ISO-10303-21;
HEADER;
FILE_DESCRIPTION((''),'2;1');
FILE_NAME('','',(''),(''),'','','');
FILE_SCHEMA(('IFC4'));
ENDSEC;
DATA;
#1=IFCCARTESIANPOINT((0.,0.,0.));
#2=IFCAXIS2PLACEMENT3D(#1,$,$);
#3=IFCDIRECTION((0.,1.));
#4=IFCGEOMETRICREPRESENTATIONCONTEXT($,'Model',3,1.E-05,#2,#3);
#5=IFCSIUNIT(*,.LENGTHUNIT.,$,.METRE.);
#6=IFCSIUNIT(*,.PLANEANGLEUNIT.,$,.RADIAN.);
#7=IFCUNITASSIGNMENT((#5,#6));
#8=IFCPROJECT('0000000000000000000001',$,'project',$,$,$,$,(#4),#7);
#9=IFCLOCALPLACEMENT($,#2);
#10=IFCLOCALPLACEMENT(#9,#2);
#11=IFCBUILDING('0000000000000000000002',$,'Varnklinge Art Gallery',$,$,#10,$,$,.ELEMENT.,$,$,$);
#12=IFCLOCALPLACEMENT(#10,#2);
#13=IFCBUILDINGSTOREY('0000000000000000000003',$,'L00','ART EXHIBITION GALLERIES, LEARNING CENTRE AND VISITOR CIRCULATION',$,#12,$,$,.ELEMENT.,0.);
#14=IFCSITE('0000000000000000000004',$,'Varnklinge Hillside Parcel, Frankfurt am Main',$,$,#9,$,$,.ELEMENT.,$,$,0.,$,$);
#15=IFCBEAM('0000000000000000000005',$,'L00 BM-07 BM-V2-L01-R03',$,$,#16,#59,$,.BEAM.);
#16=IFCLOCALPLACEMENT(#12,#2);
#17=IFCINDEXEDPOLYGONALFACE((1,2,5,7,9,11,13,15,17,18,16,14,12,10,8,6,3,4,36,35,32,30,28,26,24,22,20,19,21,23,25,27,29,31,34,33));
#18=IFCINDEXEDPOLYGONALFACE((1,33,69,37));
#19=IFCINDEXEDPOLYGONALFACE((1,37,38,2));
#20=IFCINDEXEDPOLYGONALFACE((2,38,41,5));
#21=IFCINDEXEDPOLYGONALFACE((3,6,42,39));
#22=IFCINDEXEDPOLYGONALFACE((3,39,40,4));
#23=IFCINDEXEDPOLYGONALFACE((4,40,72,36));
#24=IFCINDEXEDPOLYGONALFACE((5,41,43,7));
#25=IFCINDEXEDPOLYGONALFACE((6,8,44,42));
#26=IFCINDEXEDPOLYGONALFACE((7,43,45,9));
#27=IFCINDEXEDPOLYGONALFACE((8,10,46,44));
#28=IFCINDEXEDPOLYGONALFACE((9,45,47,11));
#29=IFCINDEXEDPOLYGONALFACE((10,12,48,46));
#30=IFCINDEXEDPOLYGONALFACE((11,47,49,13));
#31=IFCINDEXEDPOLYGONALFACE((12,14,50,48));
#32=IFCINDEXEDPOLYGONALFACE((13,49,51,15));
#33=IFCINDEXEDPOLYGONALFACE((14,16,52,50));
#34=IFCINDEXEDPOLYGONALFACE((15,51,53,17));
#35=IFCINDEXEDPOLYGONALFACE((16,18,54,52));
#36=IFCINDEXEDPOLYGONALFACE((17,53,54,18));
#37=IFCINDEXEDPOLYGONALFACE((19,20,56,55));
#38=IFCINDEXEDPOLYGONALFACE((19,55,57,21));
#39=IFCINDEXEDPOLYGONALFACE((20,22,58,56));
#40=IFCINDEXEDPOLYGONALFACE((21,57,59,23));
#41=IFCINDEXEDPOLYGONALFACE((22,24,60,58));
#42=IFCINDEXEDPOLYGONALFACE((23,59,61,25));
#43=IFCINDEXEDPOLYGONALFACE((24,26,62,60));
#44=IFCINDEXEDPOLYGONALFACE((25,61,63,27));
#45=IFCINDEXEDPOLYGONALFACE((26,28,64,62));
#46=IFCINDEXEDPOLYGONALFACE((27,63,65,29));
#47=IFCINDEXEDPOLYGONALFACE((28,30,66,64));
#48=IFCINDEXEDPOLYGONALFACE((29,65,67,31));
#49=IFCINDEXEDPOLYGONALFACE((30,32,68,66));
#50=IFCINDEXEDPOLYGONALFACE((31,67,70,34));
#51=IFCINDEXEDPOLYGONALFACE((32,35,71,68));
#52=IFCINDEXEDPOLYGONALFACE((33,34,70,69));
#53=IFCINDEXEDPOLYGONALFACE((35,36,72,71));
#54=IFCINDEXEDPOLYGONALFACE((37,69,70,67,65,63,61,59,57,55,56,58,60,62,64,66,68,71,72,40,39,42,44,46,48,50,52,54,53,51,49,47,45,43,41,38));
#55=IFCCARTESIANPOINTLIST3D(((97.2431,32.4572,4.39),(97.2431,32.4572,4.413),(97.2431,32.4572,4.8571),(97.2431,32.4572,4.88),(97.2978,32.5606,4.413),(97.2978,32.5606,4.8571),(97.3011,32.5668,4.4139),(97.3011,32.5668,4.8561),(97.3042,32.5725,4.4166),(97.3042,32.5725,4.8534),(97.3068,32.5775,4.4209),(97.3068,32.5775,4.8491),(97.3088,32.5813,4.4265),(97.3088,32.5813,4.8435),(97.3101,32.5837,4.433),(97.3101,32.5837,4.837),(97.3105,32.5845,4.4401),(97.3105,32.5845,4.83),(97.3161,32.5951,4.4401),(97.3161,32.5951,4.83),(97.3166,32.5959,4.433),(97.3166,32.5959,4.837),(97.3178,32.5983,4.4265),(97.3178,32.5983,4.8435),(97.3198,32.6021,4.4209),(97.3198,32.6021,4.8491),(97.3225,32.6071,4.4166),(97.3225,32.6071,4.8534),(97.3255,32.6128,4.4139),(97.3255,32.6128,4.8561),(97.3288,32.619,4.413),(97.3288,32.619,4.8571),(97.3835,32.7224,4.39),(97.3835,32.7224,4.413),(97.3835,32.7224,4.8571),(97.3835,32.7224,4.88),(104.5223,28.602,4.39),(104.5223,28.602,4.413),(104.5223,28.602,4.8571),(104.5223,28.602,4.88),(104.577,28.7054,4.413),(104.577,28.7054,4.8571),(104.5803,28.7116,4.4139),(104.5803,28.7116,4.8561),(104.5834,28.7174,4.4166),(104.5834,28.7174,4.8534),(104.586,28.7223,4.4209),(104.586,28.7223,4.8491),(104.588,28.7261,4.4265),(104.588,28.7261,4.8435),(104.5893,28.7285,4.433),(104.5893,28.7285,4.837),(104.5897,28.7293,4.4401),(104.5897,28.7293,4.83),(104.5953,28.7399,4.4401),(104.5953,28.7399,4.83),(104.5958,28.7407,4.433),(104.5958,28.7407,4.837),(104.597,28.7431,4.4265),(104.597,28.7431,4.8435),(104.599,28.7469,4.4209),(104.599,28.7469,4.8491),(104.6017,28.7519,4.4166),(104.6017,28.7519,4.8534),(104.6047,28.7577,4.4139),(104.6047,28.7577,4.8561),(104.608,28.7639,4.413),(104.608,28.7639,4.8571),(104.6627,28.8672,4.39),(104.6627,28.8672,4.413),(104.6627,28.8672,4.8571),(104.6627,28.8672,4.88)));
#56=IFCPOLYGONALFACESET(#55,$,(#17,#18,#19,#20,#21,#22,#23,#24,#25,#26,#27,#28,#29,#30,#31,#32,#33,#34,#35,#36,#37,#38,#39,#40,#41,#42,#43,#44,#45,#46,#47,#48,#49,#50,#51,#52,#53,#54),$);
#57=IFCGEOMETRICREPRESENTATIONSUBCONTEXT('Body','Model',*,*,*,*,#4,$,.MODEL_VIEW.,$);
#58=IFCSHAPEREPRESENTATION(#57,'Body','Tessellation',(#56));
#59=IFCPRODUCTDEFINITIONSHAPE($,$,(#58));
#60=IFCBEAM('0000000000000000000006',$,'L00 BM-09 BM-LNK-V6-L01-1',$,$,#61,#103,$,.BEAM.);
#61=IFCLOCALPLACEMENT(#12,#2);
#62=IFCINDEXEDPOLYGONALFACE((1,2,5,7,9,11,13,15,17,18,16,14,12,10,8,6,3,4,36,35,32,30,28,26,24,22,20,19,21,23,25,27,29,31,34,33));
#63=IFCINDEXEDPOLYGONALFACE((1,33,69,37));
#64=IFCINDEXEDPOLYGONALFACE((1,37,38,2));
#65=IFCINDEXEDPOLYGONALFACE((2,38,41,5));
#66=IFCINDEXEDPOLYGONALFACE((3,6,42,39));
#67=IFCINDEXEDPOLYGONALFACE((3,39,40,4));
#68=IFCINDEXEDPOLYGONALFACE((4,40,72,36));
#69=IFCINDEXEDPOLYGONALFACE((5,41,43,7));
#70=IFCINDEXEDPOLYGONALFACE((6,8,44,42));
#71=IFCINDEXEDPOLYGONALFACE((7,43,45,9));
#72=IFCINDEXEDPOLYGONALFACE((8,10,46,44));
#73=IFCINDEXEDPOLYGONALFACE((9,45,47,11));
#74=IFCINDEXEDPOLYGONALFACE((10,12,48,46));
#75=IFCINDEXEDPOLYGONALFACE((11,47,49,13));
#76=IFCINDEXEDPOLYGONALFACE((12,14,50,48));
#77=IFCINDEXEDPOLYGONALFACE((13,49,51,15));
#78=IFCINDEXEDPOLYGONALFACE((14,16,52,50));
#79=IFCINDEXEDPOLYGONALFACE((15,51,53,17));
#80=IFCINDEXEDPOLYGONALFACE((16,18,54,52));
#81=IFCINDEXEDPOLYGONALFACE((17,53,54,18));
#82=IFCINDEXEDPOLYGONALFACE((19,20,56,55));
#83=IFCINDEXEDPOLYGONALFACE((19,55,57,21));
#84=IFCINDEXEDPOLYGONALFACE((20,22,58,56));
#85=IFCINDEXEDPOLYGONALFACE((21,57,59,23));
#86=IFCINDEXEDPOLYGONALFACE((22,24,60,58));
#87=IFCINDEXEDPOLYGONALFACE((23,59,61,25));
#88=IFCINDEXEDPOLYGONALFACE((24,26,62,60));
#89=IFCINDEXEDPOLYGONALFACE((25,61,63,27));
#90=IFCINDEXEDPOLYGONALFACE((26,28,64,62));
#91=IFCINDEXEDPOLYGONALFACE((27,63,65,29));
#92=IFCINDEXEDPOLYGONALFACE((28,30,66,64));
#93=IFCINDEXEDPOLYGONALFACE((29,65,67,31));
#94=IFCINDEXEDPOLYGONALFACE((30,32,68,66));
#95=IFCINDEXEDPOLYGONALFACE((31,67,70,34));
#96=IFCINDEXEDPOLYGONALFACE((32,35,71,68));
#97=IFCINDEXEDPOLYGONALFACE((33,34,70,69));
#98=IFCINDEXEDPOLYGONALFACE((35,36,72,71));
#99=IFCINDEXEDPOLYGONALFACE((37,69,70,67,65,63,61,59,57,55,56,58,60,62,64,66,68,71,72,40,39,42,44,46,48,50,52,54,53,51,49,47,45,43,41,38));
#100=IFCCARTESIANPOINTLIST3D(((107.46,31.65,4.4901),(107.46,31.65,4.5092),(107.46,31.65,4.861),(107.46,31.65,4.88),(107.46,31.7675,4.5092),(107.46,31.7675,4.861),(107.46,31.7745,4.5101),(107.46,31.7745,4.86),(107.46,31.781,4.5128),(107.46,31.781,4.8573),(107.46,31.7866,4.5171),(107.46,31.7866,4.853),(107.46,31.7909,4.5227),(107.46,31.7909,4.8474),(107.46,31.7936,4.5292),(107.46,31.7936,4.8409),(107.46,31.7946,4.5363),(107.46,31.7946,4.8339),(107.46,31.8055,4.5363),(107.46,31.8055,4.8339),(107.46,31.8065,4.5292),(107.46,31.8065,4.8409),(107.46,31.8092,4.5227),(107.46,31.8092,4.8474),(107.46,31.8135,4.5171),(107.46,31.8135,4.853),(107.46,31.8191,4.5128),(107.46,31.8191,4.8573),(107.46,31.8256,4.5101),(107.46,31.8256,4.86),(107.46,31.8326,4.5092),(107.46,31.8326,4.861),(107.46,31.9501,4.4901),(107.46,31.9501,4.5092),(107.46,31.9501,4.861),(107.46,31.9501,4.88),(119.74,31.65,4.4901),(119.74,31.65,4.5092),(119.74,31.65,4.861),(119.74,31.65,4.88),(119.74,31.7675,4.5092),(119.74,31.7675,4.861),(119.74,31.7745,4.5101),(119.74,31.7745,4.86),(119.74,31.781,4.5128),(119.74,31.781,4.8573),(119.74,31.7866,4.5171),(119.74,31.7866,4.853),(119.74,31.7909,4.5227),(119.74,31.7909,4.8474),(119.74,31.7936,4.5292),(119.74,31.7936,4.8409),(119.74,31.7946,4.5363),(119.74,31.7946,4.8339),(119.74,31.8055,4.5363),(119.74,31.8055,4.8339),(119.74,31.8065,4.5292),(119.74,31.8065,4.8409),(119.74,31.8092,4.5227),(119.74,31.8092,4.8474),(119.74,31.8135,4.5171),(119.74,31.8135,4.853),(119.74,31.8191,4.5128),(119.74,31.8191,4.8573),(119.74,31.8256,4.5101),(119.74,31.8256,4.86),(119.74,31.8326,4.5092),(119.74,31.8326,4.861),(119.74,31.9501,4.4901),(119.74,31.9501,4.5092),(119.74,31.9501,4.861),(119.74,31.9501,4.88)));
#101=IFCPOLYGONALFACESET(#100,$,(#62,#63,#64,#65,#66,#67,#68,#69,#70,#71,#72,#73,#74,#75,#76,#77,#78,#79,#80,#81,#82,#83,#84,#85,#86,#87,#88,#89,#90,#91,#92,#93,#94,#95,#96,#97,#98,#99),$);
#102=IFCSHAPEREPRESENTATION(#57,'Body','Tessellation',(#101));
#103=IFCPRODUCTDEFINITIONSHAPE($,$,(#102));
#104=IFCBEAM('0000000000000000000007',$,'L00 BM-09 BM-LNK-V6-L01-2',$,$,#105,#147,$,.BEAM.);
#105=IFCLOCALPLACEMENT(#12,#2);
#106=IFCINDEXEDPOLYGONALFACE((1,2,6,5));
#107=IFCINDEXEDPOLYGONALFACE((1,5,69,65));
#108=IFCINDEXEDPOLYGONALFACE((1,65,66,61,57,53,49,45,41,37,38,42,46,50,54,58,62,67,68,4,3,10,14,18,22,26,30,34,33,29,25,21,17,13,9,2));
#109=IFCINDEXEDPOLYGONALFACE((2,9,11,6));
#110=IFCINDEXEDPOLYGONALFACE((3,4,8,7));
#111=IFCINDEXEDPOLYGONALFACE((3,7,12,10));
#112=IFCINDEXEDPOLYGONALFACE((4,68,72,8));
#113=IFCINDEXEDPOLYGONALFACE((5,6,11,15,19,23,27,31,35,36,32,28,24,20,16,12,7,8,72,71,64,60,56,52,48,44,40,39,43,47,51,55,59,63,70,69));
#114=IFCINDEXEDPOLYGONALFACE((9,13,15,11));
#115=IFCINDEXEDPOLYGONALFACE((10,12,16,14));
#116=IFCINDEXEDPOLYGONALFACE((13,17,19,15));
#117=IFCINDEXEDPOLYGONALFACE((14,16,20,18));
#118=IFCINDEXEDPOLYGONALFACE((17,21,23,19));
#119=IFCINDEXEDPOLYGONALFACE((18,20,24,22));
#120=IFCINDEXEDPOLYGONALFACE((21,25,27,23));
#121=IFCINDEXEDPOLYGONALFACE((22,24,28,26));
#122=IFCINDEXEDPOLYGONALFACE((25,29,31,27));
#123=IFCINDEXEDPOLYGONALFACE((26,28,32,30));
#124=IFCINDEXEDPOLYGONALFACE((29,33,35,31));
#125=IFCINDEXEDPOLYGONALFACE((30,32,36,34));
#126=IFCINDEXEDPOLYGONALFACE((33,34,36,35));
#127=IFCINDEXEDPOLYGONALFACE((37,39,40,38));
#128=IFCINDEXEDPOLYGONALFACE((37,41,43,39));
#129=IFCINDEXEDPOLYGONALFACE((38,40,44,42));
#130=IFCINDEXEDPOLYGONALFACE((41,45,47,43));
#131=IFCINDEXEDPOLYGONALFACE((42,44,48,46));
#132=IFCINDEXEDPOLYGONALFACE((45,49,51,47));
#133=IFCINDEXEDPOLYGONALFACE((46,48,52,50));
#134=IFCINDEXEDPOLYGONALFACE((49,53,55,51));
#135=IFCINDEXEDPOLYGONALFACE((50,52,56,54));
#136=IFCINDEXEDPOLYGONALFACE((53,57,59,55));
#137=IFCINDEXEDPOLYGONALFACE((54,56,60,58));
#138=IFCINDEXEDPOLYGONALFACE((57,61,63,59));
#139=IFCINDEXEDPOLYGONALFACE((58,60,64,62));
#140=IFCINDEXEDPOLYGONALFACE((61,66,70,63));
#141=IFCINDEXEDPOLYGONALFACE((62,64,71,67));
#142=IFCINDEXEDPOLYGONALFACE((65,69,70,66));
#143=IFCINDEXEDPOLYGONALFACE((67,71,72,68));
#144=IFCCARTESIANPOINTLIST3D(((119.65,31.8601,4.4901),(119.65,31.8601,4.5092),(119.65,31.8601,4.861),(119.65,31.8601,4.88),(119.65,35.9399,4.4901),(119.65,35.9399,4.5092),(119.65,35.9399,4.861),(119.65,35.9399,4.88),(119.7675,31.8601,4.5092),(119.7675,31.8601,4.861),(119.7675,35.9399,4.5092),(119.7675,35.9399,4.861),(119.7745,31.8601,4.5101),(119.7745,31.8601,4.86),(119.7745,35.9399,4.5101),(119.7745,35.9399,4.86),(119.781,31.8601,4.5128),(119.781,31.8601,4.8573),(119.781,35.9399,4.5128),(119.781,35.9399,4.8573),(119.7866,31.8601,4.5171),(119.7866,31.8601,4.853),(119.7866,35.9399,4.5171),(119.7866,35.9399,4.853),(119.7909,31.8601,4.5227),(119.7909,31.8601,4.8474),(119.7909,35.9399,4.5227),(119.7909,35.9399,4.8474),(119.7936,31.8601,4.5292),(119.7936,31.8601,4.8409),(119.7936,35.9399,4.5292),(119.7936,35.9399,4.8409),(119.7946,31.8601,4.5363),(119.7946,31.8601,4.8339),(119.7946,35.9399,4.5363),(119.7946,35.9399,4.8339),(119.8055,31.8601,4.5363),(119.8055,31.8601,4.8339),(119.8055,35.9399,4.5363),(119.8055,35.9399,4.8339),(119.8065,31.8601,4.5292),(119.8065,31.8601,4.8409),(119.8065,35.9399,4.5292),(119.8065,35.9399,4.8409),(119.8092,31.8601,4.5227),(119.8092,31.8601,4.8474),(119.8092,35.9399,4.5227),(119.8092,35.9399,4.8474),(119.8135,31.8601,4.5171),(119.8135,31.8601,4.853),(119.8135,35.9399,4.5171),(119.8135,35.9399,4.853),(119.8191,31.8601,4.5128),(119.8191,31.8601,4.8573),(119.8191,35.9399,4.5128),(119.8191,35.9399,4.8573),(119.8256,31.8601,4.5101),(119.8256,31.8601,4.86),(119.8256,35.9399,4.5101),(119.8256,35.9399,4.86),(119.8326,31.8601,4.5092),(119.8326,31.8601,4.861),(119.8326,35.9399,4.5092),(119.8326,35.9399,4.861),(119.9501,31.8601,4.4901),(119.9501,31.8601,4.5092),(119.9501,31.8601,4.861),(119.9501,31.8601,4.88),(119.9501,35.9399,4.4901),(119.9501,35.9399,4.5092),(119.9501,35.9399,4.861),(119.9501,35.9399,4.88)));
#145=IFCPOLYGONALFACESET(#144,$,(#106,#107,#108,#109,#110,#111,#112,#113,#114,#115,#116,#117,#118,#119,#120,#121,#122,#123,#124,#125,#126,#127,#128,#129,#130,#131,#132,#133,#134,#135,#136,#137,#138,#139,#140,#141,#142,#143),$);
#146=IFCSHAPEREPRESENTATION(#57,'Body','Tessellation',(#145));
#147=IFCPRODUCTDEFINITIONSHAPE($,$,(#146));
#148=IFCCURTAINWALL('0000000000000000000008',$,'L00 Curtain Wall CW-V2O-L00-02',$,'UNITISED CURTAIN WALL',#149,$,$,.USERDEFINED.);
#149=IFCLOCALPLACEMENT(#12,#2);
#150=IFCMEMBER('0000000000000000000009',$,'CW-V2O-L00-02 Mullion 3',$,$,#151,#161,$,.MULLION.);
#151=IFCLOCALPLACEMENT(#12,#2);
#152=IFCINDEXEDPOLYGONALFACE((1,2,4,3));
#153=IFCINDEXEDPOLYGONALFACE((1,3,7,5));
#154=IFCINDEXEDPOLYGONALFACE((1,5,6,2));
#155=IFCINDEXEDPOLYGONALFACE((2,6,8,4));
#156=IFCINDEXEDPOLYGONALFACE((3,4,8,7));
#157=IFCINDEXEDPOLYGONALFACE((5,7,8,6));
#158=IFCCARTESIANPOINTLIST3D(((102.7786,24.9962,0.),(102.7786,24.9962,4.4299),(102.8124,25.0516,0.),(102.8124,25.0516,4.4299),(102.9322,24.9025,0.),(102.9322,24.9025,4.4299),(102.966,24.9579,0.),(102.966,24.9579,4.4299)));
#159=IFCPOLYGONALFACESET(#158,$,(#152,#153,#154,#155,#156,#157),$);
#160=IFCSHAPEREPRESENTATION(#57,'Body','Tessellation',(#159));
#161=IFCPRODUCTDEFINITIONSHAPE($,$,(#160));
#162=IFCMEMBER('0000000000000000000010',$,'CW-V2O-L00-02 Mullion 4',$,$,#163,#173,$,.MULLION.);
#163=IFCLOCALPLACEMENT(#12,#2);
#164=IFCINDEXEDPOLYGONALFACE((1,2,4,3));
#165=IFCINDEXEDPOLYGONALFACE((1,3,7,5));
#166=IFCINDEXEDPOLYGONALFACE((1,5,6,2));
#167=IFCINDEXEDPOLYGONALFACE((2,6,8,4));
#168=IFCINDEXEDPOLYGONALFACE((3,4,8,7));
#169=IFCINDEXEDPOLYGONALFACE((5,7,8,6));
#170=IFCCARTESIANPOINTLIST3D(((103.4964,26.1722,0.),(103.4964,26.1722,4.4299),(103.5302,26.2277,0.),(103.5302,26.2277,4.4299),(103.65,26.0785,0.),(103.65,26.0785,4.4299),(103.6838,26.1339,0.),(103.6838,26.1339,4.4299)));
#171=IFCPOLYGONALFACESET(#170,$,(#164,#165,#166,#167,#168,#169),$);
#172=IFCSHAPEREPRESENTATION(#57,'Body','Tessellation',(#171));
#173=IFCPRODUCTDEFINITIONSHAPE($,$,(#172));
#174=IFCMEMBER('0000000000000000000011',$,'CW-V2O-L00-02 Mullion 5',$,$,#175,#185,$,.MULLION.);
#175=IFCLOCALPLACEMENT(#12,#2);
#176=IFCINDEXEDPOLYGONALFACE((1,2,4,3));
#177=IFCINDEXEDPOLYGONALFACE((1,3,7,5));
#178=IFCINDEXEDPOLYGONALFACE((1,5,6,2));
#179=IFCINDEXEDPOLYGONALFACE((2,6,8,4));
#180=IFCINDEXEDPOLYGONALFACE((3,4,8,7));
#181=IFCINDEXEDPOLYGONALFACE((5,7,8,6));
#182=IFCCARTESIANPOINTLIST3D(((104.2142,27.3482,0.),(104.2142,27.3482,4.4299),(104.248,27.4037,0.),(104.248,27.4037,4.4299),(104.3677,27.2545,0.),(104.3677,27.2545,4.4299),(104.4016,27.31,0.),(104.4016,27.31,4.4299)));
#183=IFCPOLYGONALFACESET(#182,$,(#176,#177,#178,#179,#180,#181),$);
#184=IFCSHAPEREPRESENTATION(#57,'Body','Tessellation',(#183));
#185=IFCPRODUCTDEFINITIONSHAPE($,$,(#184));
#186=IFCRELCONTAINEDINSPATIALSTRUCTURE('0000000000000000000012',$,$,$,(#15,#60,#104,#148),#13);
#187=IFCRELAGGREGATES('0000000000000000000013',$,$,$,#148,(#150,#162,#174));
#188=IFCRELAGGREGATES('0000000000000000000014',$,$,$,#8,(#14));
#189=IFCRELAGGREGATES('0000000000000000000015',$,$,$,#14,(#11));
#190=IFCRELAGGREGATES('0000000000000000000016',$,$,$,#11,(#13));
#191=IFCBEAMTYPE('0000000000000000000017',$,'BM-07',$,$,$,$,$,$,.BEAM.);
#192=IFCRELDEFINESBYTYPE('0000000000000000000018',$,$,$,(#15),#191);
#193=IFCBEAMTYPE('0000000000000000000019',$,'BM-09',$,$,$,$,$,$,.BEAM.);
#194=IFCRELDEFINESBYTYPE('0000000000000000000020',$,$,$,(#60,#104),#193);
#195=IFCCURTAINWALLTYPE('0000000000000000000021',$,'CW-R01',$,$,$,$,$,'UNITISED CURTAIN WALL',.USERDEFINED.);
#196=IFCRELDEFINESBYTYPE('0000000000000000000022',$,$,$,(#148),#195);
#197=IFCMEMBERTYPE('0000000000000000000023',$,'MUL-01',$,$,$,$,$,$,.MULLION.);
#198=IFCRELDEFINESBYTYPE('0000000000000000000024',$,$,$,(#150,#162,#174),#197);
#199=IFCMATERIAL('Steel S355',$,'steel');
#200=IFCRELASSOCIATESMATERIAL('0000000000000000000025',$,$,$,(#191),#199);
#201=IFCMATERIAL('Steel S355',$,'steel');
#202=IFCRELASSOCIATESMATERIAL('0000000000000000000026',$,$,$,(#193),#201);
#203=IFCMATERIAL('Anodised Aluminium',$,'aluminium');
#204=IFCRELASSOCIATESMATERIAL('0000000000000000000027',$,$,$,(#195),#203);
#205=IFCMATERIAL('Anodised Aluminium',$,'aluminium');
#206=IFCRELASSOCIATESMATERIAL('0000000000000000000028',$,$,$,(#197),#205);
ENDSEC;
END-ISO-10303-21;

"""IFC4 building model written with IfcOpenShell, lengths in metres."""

from ifc_helpers import new_model, si_unit, direction, frame, origin, origin_2d, place, context, subcontext, project, spatial, rectangle, i_section, extrude, material, material_profile, profile_set, type_object, element, aggregate, save


model = new_model("IFC4")

# Units and contexts
model_context = context("Model", 3, precision=1e-05, world=origin(), true_north=direction((0.0, 1.0)))
body_context = subcontext(model_context, "Body", "Model", "MODEL_VIEW")
ifc_project = project(units=[si_unit("LENGTHUNIT", "METRE"), si_unit("PLANEANGLEUNIT", "RADIAN")], contexts=[model_context])

# Site, building, storey
site_placement = place(None, origin())
site = spatial("IfcSite", under=ifc_project, at=site_placement, Name="Varnklinge Hillside Parcel, Frankfurt am Main", CompositionType="ELEMENT", RefElevation=0.0)
building_placement = place(site_placement, origin())
building = spatial("IfcBuilding", under=site, at=building_placement, Name="Varnklinge Art Gallery", CompositionType="ELEMENT")
storey_placement = place(building_placement, origin())
storey = spatial("IfcBuildingStorey", under=building, at=storey_placement, Name="L00", Description="ART EXHIBITION GALLERIES, LEARNING CENTRE AND VISITOR CIRCULATION", CompositionType="ELEMENT", Elevation=0.0)

# Beams
ifc_material_1 = material(Name="Steel S355", Category="steel")
ifc_material_profile_1 = material_profile(ifc_material_1, i_section(OverallWidth=0.3, OverallDepth=0.49, WebThickness=0.012, FlangeThickness=0.0229, FilletRadius=0.0271, at=origin_2d()), Name="HEA 500")
ifc_profile_set_1 = profile_set([ifc_material_profile_1], Name="Steel S355")
beam_type_1 = type_object("IfcBeamType", Name="BM-07", PredefinedType="BEAM", material=ifc_profile_set_1)
beam_1_placement = place(storey_placement, frame((104.5925, 28.7346, 4.635), z_axis=(-0.883714, 0.468028, 0.0), x_axis=(-0.468028, -0.883714, 0.0)))
element("IfcBeam", 1, at=beam_1_placement, inside=storey, type_object=beam_type_1, Name="L00 BM-07 BM-V2-L01-R03", PredefinedType="BEAM", context=body_context, shape_type="SweptSolid", body=[
    extrude(i_section(OverallWidth=0.3, OverallDepth=0.49, WebThickness=0.012, FlangeThickness=0.0229, FilletRadius=0.0271, at=origin_2d()), origin(), (0.0, 0.0, 1.0), 8.2371),
])
ifc_material_2 = material(Name="Steel S355", Category="steel")
ifc_material_profile_2 = material_profile(ifc_material_2, i_section(OverallWidth=0.3, OverallDepth=0.3899, WebThickness=0.011, FlangeThickness=0.019, FilletRadius=0.0271, at=origin_2d()), Name="HEA 400")
ifc_profile_set_2 = profile_set([ifc_material_profile_2], Name="Steel S355")
beam_type_2 = type_object("IfcBeamType", Name="BM-09", PredefinedType="BEAM", material=ifc_profile_set_2)
beam_2_placement = place(storey_placement, frame((107.46, 31.8, 4.6851), z_axis=(1.0, 0.0, 0.0), x_axis=(0.0, 1.0, 0.0)))
element("IfcBeam", 2, at=beam_2_placement, inside=storey, type_object=beam_type_2, Name="L00 BM-09 BM-LNK-V6-L01-1", PredefinedType="BEAM", context=body_context, shape_type="SweptSolid", body=[
    extrude(i_section(OverallWidth=0.3, OverallDepth=0.3899, WebThickness=0.011, FlangeThickness=0.019, FilletRadius=0.0271, at=origin_2d()), origin(), (0.0, 0.0, 1.0), 12.28),
])
beam_3_placement = place(storey_placement, frame((119.8, 31.8601, 4.6851), z_axis=(0.0, 1.0, 0.0), x_axis=(-1.0, 0.0, 0.0)))
element("IfcBeam", 3, at=beam_3_placement, inside=storey, type_object=beam_type_2, Name="L00 BM-09 BM-LNK-V6-L01-2", PredefinedType="BEAM", context=body_context, shape_type="SweptSolid", body=[
    extrude(i_section(OverallWidth=0.3, OverallDepth=0.3899, WebThickness=0.011, FlangeThickness=0.019, FilletRadius=0.0271, at=origin_2d()), origin(), (0.0, 0.0, 1.0), 4.0798),
])

# Curtain wall, members
ifc_material_3 = material(Name="Anodised Aluminium", Category="aluminium")
curtain_wall_type = type_object("IfcCurtainWallType", Name="CW-R01", ElementType="UNITISED CURTAIN WALL", PredefinedType="USERDEFINED", material=ifc_material_3)
curtain_wall_placement = place(storey_placement, origin())
curtain_wall = element("IfcCurtainWall", 4, at=curtain_wall_placement, inside=storey, type_object=curtain_wall_type, Name="L00 Curtain Wall CW-V2O-L00-02", ObjectType="UNITISED CURTAIN WALL", PredefinedType="USERDEFINED")
ifc_material_4 = material(Name="Anodised Aluminium", Category="aluminium")
ifc_material_profile_3 = material_profile(ifc_material_4, rectangle(XDim=0.0649, YDim=0.1799, at=origin_2d()), Name="ALU 65x180")
ifc_profile_set_3 = profile_set([ifc_material_profile_3], Name="Anodised Aluminium")
member_type = type_object("IfcMemberType", Name="MUL-01", PredefinedType="MULLION", material=ifc_profile_set_3)
member_1_placement = place(storey_placement, frame((102.8723, 24.9771, 0.0), z_axis=(0.0, 0.0, 1.0), x_axis=(0.520861, 0.853642, 0.0)))
member_1 = element("IfcMember", 5, at=member_1_placement, type_object=member_type, Name="CW-V2O-L00-02 Mullion 3", PredefinedType="MULLION", context=body_context, shape_type="SweptSolid", body=[
    extrude(rectangle(XDim=0.0649, YDim=0.1799, at=origin_2d()), origin(), (0.0, 0.0, 1.0), 4.4299),
])
member_2_placement = place(storey_placement, frame((103.5901, 26.1531, 0.0), z_axis=(0.0, 0.0, 1.0), x_axis=(0.520861, 0.853642, 0.0)))
member_2 = element("IfcMember", 6, at=member_2_placement, type_object=member_type, Name="CW-V2O-L00-02 Mullion 4", PredefinedType="MULLION", context=body_context, shape_type="SweptSolid", body=[
    extrude(rectangle(XDim=0.0649, YDim=0.1799, at=origin_2d()), origin(), (0.0, 0.0, 1.0), 4.4299),
])
member_3_placement = place(storey_placement, frame((104.3079, 27.3291, 0.0), z_axis=(0.0, 0.0, 1.0), x_axis=(0.520861, 0.853642, 0.0)))
member_3 = element("IfcMember", 7, at=member_3_placement, type_object=member_type, Name="CW-V2O-L00-02 Mullion 5", PredefinedType="MULLION", context=body_context, shape_type="SweptSolid", body=[
    extrude(rectangle(XDim=0.0649, YDim=0.1799, at=origin_2d()), origin(), (0.0, 0.0, 1.0), 4.4299),
])

aggregate(curtain_wall, [member_1, member_2, member_3])

save(model, "model.ifc")
